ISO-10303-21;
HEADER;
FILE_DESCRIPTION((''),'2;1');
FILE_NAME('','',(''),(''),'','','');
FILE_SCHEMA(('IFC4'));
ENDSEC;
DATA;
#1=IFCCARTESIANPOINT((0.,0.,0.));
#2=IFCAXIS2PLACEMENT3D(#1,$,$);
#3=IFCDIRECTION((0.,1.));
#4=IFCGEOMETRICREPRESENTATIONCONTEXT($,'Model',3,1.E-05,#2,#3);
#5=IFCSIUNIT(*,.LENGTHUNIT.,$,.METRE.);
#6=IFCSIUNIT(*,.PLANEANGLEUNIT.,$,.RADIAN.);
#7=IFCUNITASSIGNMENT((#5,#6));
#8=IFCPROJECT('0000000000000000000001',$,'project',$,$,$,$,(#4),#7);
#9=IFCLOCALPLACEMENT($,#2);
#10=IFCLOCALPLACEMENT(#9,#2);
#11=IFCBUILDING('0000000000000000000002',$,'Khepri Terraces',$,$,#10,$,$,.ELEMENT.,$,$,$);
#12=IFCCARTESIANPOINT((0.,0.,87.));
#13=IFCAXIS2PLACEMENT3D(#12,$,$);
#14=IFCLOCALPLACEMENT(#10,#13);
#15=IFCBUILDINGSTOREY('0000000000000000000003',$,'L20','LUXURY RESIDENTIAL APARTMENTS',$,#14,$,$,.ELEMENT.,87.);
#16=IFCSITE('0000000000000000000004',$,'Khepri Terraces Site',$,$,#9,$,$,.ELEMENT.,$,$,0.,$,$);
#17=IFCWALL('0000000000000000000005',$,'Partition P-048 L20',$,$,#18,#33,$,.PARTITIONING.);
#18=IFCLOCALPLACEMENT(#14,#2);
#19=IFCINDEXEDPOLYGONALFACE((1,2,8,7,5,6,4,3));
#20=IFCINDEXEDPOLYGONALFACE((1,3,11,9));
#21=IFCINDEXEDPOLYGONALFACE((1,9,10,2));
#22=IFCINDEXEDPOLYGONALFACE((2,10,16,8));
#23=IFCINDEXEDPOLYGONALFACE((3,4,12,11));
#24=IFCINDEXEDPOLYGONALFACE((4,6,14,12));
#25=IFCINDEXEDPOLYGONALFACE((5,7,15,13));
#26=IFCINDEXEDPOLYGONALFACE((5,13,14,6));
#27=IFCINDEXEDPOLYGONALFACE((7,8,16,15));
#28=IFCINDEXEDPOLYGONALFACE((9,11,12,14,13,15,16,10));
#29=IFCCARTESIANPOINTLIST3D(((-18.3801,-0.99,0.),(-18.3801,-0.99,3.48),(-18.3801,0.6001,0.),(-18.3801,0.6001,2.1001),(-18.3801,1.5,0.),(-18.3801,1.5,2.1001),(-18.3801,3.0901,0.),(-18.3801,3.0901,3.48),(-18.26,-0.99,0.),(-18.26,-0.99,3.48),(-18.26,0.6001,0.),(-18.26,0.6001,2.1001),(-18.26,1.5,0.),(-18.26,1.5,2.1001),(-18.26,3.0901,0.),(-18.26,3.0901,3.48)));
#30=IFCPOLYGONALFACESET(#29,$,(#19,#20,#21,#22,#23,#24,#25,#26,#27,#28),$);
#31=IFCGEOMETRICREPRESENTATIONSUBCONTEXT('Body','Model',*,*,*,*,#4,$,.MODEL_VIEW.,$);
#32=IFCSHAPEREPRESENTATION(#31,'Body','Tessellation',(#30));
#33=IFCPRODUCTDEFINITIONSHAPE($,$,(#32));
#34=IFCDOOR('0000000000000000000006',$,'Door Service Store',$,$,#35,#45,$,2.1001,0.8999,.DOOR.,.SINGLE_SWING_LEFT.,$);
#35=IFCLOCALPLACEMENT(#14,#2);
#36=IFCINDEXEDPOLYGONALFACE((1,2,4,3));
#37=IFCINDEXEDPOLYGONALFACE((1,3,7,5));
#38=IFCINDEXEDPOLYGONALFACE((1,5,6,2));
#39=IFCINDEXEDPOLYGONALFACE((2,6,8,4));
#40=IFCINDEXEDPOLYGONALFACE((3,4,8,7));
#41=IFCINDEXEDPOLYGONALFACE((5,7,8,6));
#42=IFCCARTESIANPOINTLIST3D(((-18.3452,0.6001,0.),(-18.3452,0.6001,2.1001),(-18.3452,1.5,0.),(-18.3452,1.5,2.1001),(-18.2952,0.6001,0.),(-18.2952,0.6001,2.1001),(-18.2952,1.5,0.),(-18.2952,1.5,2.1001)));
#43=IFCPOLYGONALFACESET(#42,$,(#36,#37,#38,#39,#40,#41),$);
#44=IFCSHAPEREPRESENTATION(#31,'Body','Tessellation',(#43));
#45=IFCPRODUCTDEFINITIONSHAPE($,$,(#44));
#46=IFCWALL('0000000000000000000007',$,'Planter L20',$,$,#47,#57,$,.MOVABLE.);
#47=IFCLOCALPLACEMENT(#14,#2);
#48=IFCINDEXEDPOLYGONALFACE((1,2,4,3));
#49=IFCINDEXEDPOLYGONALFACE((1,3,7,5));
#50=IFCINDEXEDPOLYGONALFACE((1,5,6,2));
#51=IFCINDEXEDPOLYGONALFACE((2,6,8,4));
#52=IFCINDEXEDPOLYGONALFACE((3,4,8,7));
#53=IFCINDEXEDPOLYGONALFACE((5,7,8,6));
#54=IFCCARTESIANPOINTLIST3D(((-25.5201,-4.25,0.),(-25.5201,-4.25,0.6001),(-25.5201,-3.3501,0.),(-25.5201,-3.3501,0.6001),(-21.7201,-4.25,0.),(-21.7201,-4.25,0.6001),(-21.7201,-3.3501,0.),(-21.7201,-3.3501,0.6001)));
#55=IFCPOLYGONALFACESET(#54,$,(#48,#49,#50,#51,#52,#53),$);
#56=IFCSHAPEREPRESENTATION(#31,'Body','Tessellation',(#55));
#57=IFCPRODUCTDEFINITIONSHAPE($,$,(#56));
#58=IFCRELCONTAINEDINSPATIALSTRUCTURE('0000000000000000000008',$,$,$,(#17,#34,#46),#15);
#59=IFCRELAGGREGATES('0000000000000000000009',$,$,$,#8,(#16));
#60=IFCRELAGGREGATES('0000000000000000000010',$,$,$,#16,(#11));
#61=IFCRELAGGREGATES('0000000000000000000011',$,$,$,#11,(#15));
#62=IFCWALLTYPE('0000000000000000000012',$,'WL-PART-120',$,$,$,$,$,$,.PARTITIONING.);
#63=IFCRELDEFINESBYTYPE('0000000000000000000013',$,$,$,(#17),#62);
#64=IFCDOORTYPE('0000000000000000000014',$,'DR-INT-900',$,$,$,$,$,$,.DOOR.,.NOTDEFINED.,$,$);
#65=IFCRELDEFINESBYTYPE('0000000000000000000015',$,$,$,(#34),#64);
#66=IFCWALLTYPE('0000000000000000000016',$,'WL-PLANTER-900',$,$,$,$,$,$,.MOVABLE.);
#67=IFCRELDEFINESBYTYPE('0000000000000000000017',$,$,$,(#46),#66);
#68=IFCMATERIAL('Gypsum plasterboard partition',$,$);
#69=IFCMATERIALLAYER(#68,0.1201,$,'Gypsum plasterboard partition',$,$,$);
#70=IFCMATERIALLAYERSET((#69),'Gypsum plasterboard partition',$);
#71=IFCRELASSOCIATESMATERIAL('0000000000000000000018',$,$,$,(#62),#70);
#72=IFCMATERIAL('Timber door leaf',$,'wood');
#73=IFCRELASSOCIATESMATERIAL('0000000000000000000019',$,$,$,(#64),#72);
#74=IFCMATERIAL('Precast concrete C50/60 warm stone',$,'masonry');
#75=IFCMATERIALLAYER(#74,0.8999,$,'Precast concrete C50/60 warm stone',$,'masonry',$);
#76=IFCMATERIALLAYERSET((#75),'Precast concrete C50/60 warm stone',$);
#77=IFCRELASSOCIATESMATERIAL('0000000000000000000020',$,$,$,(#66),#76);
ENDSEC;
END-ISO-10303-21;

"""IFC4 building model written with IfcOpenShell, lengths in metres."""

from ifc_helpers import new_model, si_unit, direction, frame, frame_2d, origin, place, context, subcontext, project, spatial, rectangle, extrude, material, layer, layer_set, type_object, element, fill, save


model = new_model("IFC4")

# Units and contexts
model_context = context("Model", 3, precision=1e-05, world=origin(), true_north=direction((0.0, 1.0)))
body_context = subcontext(model_context, "Body", "Model", "MODEL_VIEW")
ifc_project = project(units=[si_unit("LENGTHUNIT", "METRE"), si_unit("PLANEANGLEUNIT", "RADIAN")], contexts=[model_context])

# Site, building, storey
site_placement = place(None, origin())
site = spatial("IfcSite", under=ifc_project, at=site_placement, Name="Khepri Terraces Site", CompositionType="ELEMENT", RefElevation=0.0)
building_placement = place(site_placement, origin())
building = spatial("IfcBuilding", under=site, at=building_placement, Name="Khepri Terraces", CompositionType="ELEMENT")
storey_placement = place(building_placement, frame((0.0, 0.0, 87.0)))
storey = spatial("IfcBuildingStorey", under=building, at=storey_placement, Name="L20", Description="LUXURY RESIDENTIAL APARTMENTS", CompositionType="ELEMENT", Elevation=87.0)

# Shared definitions
ifc_material_1 = material(Name="Precast concrete C50/60 warm stone", Category="masonry")

# Shared definitions
ifc_material_2 = material(Name="Gypsum plasterboard partition")
ifc_layer_1 = layer(ifc_material_2, 0.1201, Name="Gypsum plasterboard partition")
ifc_layer_set_1 = layer_set([ifc_layer_1], Name="Gypsum plasterboard partition")
wall_type_1 = type_object("IfcWallType", Name="WL-PART-120", PredefinedType="PARTITIONING", material=ifc_layer_set_1)

# Shared definitions
ifc_material_3 = material(Name="Timber door leaf", Category="wood")
door_type_1 = type_object("IfcDoorType", Name="DR-INT-900", OperationType="NOTDEFINED", PredefinedType="DOOR", material=ifc_material_3)

# Wall, opening, door
wall_1_placement = place(storey_placement, frame((-18.3201, -0.99, 0.0), z_axis=(0.0, 0.0, 1.0), x_axis=(0.0, 1.0, 0.0)))
wall_1 = element("IfcWall", 1, at=wall_1_placement, inside=storey, type_object=wall_type_1, Name="Partition P-048 L20", PredefinedType="PARTITIONING", context=body_context, shape_type="SweptSolid", body=[
    extrude(rectangle(XDim=4.0801, YDim=0.1201, at=frame_2d((2.04, 0.0))), origin(), (0.0, 0.0, 1.0), 3.48),
])
opening_1_placement = place(wall_1_placement, frame((1.5901, 0.0, 0.0)))
opening_1 = element("IfcOpeningElement", 2, at=opening_1_placement, cuts=wall_1, PredefinedType="OPENING", context=body_context, shape_type="SweptSolid", body=[
    extrude(rectangle(XDim=0.8999, YDim=2.1001, at=frame_2d((0.45, 1.05))), frame((0.0, 0.0701, 0.0), z_axis=(0.0, -1.0, 0.0), x_axis=(1.0, 0.0, 0.0)), (0.0, 0.0, 1.0), 0.1401),
])
door_1_placement = place(opening_1_placement, frame((0.8999, 0.0, 0.0), z_axis=(0.0, 0.0, 1.0), x_axis=(-1.0, 0.0, 0.0)))
door_1 = element("IfcDoor", 3, at=door_1_placement, inside=storey, type_object=door_type_1, Name="Door Service Store", OperationType="SINGLE_SWING_LEFT", OverallHeight=2.1001, OverallWidth=0.8999, PredefinedType="DOOR", context=body_context, shape_type="SweptSolid", body=[
    extrude(rectangle(XDim=0.8999, YDim=2.1001, at=frame_2d((0.45, 1.05))), frame((0.0, 0.0249, 0.0), z_axis=(0.0, -1.0, 0.0), x_axis=(1.0, 0.0, 0.0)), (0.0, 0.0, 1.0), 0.05),
])
fill(opening_1, door_1)

# Wall
ifc_layer_2 = layer(ifc_material_1, 0.8999, Name="Precast concrete C50/60 warm stone", Category="masonry")
ifc_layer_set_2 = layer_set([ifc_layer_2], Name="Precast concrete C50/60 warm stone")
wall_type_2 = type_object("IfcWallType", Name="WL-PLANTER-900", PredefinedType="MOVABLE", material=ifc_layer_set_2)
wall_2_placement = place(storey_placement, frame((-25.52, -3.8, 0.0), z_axis=(0.0, 0.0, 1.0), x_axis=(1.0, 0.0, 0.0)))
element("IfcWall", 4, at=wall_2_placement, inside=storey, type_object=wall_type_2, Name="Planter L20", PredefinedType="MOVABLE", context=body_context, shape_type="SweptSolid", body=[
    extrude(rectangle(XDim=3.8, YDim=0.8999, at=frame_2d((1.8999, 0.0))), origin(), (0.0, 0.0, 1.0), 0.6001),
])

save(model, "model.ifc")
